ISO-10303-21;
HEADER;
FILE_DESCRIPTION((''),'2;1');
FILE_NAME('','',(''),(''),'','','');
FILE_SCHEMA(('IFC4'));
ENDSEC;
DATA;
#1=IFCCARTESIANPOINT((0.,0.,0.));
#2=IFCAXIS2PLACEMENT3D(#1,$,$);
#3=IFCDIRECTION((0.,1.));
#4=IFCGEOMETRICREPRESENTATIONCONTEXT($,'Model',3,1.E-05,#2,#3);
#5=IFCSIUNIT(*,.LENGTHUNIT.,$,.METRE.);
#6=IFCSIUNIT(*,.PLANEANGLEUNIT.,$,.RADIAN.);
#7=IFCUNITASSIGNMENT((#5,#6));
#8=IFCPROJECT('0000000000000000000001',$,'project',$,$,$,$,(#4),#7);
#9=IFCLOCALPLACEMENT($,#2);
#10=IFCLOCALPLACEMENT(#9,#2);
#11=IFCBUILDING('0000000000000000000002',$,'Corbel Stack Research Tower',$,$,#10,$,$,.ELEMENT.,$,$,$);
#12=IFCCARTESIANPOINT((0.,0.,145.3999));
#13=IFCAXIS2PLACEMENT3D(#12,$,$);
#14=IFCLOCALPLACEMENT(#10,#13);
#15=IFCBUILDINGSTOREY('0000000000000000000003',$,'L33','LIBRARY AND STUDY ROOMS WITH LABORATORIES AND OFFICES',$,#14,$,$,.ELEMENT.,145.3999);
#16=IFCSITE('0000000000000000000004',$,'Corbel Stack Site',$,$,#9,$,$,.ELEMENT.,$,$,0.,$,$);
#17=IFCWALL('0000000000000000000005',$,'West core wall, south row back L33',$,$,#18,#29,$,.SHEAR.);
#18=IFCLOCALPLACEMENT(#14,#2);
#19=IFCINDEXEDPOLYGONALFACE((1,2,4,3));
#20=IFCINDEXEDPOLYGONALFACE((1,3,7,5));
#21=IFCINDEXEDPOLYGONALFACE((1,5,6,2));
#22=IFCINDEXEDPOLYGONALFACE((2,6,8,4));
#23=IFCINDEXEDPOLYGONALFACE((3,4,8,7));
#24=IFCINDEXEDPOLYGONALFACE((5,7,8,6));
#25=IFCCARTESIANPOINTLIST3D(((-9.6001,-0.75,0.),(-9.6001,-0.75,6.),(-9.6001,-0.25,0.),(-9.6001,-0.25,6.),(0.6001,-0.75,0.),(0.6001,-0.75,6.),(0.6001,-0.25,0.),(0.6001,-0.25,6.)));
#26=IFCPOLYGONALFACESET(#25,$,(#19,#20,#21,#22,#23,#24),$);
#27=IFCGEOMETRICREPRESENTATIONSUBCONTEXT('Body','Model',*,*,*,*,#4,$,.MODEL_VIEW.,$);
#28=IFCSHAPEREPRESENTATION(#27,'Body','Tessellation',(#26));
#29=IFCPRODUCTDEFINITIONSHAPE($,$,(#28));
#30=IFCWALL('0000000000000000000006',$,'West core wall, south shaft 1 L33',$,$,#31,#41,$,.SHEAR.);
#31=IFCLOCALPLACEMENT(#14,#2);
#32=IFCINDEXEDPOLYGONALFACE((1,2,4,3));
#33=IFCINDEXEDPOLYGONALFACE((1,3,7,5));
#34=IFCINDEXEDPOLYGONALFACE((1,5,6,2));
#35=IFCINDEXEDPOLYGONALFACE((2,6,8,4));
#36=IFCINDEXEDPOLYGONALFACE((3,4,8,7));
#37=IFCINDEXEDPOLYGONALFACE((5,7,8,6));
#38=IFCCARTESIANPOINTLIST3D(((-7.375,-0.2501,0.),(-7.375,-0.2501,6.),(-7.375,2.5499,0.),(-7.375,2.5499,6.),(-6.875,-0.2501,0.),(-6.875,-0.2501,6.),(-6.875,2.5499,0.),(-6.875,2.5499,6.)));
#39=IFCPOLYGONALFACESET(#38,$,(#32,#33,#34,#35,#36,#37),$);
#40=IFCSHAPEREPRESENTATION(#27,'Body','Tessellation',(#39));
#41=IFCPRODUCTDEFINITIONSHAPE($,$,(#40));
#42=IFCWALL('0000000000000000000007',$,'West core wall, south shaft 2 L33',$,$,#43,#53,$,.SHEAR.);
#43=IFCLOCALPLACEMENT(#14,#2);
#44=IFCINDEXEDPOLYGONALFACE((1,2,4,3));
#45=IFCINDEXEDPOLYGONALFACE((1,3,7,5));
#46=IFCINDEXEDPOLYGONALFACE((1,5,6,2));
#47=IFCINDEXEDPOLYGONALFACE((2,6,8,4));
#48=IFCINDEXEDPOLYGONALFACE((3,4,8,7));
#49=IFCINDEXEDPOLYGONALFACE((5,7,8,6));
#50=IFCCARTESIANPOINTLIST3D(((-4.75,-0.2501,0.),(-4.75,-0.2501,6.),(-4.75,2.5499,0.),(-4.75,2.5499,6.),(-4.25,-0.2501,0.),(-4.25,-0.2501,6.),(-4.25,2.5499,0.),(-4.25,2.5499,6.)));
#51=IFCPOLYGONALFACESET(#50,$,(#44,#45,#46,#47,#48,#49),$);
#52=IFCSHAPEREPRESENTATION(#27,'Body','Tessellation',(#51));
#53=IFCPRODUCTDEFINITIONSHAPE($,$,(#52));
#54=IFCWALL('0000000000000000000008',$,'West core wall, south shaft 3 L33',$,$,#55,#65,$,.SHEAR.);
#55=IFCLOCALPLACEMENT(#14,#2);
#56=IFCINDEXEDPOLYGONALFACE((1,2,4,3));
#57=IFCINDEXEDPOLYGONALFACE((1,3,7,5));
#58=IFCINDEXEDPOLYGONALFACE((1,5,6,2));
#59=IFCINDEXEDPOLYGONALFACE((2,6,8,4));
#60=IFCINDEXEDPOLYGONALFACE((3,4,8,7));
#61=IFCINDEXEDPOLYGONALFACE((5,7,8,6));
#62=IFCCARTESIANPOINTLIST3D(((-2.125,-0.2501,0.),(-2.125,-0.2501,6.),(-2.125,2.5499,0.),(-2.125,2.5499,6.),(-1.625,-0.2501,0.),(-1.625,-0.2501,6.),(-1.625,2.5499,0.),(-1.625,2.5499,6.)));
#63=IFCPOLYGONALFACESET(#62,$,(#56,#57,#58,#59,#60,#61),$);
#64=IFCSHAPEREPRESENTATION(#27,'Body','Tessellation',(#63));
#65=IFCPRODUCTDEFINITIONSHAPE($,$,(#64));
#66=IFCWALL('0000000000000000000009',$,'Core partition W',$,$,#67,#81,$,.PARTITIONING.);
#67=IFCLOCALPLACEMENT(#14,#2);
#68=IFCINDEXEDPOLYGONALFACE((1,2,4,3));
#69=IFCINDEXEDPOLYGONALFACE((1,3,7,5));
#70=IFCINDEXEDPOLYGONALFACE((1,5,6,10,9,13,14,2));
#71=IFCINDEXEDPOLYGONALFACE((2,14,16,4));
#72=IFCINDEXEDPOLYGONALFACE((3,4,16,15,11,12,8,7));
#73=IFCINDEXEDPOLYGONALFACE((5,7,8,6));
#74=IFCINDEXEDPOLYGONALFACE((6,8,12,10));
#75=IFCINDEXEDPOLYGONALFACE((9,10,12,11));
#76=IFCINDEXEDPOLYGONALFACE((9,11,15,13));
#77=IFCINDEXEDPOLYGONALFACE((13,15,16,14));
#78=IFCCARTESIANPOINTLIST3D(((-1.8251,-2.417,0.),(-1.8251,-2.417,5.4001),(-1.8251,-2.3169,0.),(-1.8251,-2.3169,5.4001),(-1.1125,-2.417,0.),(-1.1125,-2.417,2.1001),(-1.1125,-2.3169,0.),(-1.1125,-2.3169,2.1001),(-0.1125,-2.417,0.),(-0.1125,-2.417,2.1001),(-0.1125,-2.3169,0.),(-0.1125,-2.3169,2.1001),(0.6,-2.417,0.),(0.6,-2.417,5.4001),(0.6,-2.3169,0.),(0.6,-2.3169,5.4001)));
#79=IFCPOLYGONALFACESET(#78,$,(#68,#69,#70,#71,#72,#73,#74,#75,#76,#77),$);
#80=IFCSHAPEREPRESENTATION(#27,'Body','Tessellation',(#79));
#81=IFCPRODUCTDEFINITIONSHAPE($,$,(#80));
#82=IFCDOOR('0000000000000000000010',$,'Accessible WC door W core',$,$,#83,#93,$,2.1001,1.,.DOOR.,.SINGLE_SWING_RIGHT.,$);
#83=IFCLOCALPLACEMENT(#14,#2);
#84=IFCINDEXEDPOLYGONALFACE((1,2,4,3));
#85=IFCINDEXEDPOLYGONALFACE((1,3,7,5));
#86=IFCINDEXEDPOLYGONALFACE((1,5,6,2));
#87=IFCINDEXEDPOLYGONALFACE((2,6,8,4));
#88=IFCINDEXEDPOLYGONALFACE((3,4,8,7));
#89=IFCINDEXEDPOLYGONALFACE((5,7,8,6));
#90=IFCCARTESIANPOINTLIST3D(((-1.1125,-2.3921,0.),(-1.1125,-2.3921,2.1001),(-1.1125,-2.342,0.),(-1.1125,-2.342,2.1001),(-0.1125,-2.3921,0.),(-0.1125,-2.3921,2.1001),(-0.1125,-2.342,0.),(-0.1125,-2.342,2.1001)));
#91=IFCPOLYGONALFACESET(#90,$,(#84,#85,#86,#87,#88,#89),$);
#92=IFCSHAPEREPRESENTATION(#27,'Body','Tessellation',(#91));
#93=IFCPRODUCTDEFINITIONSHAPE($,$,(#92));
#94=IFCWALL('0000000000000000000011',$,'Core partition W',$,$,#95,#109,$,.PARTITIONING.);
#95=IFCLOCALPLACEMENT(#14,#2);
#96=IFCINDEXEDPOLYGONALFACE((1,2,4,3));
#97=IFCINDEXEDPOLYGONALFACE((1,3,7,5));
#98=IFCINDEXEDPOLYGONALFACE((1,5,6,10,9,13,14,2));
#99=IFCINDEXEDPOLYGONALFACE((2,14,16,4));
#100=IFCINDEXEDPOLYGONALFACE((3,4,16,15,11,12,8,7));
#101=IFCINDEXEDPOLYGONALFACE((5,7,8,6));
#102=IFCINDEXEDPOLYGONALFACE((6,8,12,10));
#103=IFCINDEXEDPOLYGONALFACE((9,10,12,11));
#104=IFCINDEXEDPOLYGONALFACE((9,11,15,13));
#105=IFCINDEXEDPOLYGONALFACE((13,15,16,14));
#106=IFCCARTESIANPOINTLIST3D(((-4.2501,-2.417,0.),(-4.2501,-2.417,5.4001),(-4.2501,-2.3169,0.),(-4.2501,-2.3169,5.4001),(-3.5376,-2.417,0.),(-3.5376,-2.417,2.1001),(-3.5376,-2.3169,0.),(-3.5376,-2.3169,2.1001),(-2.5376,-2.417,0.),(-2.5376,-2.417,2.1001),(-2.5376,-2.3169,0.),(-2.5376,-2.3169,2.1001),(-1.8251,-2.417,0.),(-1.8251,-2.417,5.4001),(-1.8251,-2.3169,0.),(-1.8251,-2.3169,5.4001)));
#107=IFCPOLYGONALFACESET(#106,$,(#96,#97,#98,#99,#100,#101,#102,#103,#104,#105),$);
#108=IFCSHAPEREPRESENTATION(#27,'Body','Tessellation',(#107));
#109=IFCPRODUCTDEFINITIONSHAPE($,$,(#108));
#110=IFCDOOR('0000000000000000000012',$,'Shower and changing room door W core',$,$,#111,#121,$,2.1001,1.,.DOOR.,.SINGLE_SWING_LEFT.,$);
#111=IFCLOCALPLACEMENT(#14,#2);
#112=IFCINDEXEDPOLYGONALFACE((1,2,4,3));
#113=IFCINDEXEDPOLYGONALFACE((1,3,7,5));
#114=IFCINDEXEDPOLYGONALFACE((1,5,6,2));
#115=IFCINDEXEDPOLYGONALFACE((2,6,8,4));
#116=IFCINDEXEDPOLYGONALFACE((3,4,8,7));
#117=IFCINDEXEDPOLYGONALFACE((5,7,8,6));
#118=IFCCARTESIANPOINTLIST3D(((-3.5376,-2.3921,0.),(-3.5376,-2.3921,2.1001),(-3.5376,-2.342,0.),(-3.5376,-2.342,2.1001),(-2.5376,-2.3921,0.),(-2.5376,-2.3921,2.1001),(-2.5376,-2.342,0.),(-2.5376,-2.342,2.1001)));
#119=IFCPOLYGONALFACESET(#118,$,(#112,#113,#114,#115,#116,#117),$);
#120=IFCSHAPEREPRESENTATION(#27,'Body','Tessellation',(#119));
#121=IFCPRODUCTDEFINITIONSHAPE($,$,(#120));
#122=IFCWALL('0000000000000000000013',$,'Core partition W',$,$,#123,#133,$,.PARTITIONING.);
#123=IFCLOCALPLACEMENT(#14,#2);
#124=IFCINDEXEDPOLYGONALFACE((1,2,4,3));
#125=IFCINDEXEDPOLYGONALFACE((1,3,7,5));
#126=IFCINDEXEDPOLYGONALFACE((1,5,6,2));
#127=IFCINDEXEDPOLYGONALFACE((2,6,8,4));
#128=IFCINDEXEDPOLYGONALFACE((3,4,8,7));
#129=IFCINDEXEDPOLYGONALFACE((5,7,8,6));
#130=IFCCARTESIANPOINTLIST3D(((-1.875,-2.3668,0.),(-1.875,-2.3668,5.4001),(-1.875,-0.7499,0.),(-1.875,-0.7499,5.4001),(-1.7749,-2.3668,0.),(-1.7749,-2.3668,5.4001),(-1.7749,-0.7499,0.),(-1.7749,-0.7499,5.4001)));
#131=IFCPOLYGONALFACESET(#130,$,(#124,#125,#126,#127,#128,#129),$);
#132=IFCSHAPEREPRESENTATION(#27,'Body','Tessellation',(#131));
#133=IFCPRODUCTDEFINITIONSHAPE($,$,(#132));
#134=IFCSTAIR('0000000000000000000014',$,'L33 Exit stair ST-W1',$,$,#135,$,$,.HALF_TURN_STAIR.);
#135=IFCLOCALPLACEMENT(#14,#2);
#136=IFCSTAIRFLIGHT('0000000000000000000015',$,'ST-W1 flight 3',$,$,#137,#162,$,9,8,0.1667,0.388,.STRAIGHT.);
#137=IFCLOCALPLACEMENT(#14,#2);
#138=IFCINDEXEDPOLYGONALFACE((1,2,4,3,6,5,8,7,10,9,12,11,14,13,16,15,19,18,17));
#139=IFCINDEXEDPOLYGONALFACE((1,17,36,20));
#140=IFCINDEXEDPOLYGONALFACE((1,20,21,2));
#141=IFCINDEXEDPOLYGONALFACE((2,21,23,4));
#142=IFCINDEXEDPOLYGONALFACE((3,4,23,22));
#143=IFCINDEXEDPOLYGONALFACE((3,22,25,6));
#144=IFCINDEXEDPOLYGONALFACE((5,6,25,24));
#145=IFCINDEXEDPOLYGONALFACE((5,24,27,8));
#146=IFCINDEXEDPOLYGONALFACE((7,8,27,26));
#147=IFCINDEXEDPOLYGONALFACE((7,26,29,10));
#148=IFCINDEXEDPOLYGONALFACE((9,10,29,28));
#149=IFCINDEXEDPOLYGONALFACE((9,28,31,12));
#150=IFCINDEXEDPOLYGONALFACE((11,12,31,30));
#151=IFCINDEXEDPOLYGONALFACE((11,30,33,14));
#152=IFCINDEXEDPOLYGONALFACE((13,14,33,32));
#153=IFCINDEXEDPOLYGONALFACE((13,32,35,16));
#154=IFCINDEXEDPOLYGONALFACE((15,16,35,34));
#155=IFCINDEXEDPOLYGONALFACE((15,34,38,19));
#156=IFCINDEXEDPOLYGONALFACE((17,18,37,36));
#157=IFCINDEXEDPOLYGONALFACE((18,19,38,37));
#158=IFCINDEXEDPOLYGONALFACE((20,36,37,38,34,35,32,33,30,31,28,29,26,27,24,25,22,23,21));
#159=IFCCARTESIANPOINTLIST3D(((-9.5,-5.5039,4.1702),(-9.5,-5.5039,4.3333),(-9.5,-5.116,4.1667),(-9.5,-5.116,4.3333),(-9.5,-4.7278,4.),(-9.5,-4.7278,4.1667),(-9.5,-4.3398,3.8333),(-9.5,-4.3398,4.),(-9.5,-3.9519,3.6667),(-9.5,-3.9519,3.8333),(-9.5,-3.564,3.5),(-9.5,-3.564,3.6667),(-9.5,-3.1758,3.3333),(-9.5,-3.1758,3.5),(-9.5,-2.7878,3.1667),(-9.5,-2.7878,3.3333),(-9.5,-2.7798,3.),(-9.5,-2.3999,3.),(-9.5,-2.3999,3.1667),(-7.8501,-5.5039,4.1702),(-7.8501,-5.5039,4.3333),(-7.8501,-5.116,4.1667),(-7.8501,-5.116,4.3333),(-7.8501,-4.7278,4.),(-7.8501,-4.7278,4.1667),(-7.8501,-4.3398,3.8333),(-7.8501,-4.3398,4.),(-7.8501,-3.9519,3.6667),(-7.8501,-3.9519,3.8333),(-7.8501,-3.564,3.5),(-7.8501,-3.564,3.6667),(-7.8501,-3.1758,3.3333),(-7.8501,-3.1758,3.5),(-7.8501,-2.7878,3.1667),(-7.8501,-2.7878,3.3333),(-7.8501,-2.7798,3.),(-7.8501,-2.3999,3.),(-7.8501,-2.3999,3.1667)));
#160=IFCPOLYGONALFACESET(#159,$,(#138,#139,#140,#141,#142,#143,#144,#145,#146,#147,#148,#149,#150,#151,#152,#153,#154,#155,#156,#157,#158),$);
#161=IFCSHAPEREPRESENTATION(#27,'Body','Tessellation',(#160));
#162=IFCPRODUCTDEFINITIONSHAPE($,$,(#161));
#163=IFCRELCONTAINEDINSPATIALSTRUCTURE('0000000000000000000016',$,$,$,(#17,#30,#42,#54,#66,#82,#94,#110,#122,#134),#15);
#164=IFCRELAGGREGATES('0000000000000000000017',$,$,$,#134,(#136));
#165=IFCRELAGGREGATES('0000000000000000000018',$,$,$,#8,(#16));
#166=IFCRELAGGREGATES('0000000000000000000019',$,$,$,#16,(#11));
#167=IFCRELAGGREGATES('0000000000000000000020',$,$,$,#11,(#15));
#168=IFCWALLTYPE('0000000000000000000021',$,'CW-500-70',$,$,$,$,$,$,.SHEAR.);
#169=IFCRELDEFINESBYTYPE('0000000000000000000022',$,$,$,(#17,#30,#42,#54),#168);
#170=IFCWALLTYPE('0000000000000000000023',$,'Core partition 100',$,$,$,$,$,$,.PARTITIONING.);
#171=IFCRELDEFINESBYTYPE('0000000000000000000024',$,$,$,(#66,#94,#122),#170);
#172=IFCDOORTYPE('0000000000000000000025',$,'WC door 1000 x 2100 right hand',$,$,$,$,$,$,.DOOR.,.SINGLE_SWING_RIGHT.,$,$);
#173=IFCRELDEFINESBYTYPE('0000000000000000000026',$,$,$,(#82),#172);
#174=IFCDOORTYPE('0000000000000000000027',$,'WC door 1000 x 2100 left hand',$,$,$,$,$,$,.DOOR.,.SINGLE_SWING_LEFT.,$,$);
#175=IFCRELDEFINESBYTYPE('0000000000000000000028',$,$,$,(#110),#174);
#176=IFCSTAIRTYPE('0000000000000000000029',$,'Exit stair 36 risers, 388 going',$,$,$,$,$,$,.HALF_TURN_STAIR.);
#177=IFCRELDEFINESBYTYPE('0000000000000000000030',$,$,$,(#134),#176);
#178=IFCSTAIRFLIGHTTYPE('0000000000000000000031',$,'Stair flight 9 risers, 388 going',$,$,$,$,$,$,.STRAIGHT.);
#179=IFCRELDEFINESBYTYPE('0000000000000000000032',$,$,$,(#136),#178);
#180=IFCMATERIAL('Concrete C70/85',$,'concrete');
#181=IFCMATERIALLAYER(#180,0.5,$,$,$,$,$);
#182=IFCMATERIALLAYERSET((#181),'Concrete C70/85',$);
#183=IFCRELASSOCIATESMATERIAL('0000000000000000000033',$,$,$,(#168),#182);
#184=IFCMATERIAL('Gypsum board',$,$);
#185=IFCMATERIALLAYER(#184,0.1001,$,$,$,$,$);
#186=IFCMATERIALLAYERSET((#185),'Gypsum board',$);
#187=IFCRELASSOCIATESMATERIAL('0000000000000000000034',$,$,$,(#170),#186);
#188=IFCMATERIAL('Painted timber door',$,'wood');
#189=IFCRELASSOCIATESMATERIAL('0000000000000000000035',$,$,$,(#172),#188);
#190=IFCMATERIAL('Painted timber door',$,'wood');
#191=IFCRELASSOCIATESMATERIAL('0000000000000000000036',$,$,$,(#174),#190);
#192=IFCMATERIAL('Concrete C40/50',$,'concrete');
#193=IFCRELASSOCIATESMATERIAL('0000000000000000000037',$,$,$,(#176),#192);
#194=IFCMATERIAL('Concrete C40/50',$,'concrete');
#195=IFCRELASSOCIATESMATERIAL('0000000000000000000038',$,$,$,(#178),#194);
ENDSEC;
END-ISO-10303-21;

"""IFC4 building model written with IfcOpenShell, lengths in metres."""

from ifc_helpers import new_model, si_unit, direction, frame, frame_2d, origin, place, context, subcontext, project, spatial, polyline, rectangle, outline, extrude, material, layer, layer_set, type_object, element, fill, aggregate, save


model = new_model("IFC4")

# Units and contexts
model_context = context("Model", 3, precision=1e-05, world=origin(), true_north=direction((0.0, 1.0)))
body_context = subcontext(model_context, "Body", "Model", "MODEL_VIEW")
ifc_project = project(units=[si_unit("LENGTHUNIT", "METRE"), si_unit("PLANEANGLEUNIT", "RADIAN")], contexts=[model_context])

# Site, building, storey
site_placement = place(None, origin())
site = spatial("IfcSite", under=ifc_project, at=site_placement, Name="Corbel Stack Site", CompositionType="ELEMENT", RefElevation=0.0)
building_placement = place(site_placement, origin())
building = spatial("IfcBuilding", under=site, at=building_placement, Name="Corbel Stack Research Tower", CompositionType="ELEMENT")
storey_placement = place(building_placement, frame((0.0, 0.0, 145.3999)))
storey = spatial("IfcBuildingStorey", under=building, at=storey_placement, Name="L33", Description="LIBRARY AND STUDY ROOMS WITH LABORATORIES AND OFFICES", CompositionType="ELEMENT", Elevation=145.3999)

# Walls
ifc_material_1 = material(Name="Concrete C70/85", Category="concrete")
ifc_layer_1 = layer(ifc_material_1, 0.5)
ifc_layer_set_1 = layer_set([ifc_layer_1], Name="Concrete C70/85")
wall_type_1 = type_object("IfcWallType", Name="CW-500-70", PredefinedType="SHEAR", material=ifc_layer_set_1)
wall_1_placement = place(storey_placement, frame((-9.6001, -0.5, 0.0), z_axis=(0.0, 0.0, 1.0), x_axis=(1.0, 0.0, 0.0)))
element("IfcWall", 1, at=wall_1_placement, inside=storey, type_object=wall_type_1, Name="West core wall, south row back L33", PredefinedType="SHEAR", context=body_context, shape_type="SweptSolid", body=[
    extrude(rectangle(XDim=10.2002, YDim=0.5, at=frame_2d((5.1001, 0.0))), origin(), (0.0, 0.0, 1.0), 6.0),
])
for number, where, z_axis, x_axis, name in (
    (2, (-7.125, -0.25, 0.0), (0.0, 0.0, 1.0), (0.0, 1.0, 0.0), "West core wall, south shaft 1 L33"),
    (3, (-4.5, -0.25, 0.0), (0.0, 0.0, 1.0), (0.0, 1.0, 0.0), "West core wall, south shaft 2 L33"),
    (4, (-1.875, -0.25, 0.0), (0.0, 0.0, 1.0), (0.0, 1.0, 0.0), "West core wall, south shaft 3 L33"),
):
    element("IfcWall", number, at=place(storey_placement, frame(where, z_axis=z_axis, x_axis=x_axis)), inside=storey, type_object=wall_type_1, Name=name, PredefinedType="SHEAR", context=body_context, shape_type="SweptSolid", body=[
        extrude(rectangle(XDim=2.8, YDim=0.5, at=frame_2d((1.3999, 0.0))), origin(), (0.0, 0.0, 1.0), 6.0),
    ])

# Walls, openings, doors
ifc_material_2 = material(Name="Gypsum board")
ifc_layer_2 = layer(ifc_material_2, 0.1001)
ifc_layer_set_2 = layer_set([ifc_layer_2], Name="Gypsum board")
wall_type_2 = type_object("IfcWallType", Name="Core partition 100", PredefinedType="PARTITIONING", material=ifc_layer_set_2)
wall_2_placement = place(storey_placement, frame((-1.825, -2.3669, 0.0), z_axis=(0.0, 0.0, 1.0), x_axis=(1.0, 0.0, 0.0)))
wall_2 = element("IfcWall", 5, at=wall_2_placement, inside=storey, type_object=wall_type_2, Name="Core partition W", PredefinedType="PARTITIONING", context=body_context, shape_type="SweptSolid", body=[
    extrude(rectangle(XDim=2.425, YDim=0.1001, at=frame_2d((1.2124, 0.0))), origin(), (0.0, 0.0, 1.0), 5.4001),
])
opening_1_placement = place(wall_2_placement, frame((0.7124, 0.0, 0.0)))
opening_1 = element("IfcOpeningElement", 6, at=opening_1_placement, cuts=wall_2, PredefinedType="OPENING", context=body_context, shape_type="SweptSolid", body=[
    extrude(rectangle(XDim=1.0, YDim=2.1001, at=frame_2d((0.5, 1.05))), frame((0.0, 0.0601, 0.0), z_axis=(0.0, -1.0, 0.0), x_axis=(1.0, 0.0, 0.0)), (0.0, 0.0, 1.0), 0.1201),
])
ifc_material_3 = material(Name="Painted timber door", Category="wood")
door_type_1 = type_object("IfcDoorType", Name="WC door 1000 x 2100 right hand", OperationType="SINGLE_SWING_RIGHT", PredefinedType="DOOR", material=ifc_material_3)
door_1_placement = place(opening_1_placement, origin())
door_1 = element("IfcDoor", 7, at=door_1_placement, inside=storey, type_object=door_type_1, Name="Accessible WC door W core", OperationType="SINGLE_SWING_RIGHT", OverallHeight=2.1001, OverallWidth=1.0, PredefinedType="DOOR", context=body_context, shape_type="SweptSolid", body=[
    extrude(rectangle(XDim=1.0, YDim=2.1001, at=frame_2d((0.5, 1.05))), frame((0.0, 0.0249, 0.0), z_axis=(0.0, -1.0, 0.0), x_axis=(1.0, 0.0, 0.0)), (0.0, 0.0, 1.0), 0.05),
])
fill(opening_1, door_1)
wall_3_placement = place(storey_placement, frame((-4.25, -2.3669, 0.0), z_axis=(0.0, 0.0, 1.0), x_axis=(1.0, 0.0, 0.0)))
wall_3 = element("IfcWall", 8, at=wall_3_placement, inside=storey, type_object=wall_type_2, Name="Core partition W", PredefinedType="PARTITIONING", context=body_context, shape_type="SweptSolid", body=[
    extrude(rectangle(XDim=2.425, YDim=0.1001, at=frame_2d((1.2124, 0.0))), origin(), (0.0, 0.0, 1.0), 5.4001),
])
opening_2_placement = place(wall_3_placement, frame((0.7124, 0.0, 0.0)))
opening_2 = element("IfcOpeningElement", 9, at=opening_2_placement, cuts=wall_3, PredefinedType="OPENING", context=body_context, shape_type="SweptSolid", body=[
    extrude(rectangle(XDim=1.0, YDim=2.1001, at=frame_2d((0.5, 1.05))), frame((0.0, 0.0601, 0.0), z_axis=(0.0, -1.0, 0.0), x_axis=(1.0, 0.0, 0.0)), (0.0, 0.0, 1.0), 0.1201),
])
ifc_material_4 = material(Name="Painted timber door", Category="wood")
door_type_2 = type_object("IfcDoorType", Name="WC door 1000 x 2100 left hand", OperationType="SINGLE_SWING_LEFT", PredefinedType="DOOR", material=ifc_material_4)
door_2_placement = place(opening_2_placement, origin())
door_2 = element("IfcDoor", 10, at=door_2_placement, inside=storey, type_object=door_type_2, Name="Shower and changing room door W core", OperationType="SINGLE_SWING_LEFT", OverallHeight=2.1001, OverallWidth=1.0, PredefinedType="DOOR", context=body_context, shape_type="SweptSolid", body=[
    extrude(rectangle(XDim=1.0, YDim=2.1001, at=frame_2d((0.5, 1.05))), frame((0.0, 0.0249, 0.0), z_axis=(0.0, -1.0, 0.0), x_axis=(1.0, 0.0, 0.0)), (0.0, 0.0, 1.0), 0.05),
])
fill(opening_2, door_2)

# Wall
wall_4_placement = place(storey_placement, frame((-1.825, -2.3669, 0.0), z_axis=(0.0, 0.0, 1.0), x_axis=(0.0, 1.0, 0.0)))
element("IfcWall", 11, at=wall_4_placement, inside=storey, type_object=wall_type_2, Name="Core partition W", PredefinedType="PARTITIONING", context=body_context, shape_type="SweptSolid", body=[
    extrude(rectangle(XDim=1.6169, YDim=0.1001, at=frame_2d((0.8086, 0.0))), origin(), (0.0, 0.0, 1.0), 5.4001),
])

# Stair, stair flight
ifc_material_5 = material(Name="Concrete C40/50", Category="concrete")
stair_type = type_object("IfcStairType", Name="Exit stair 36 risers, 388 going", PredefinedType="HALF_TURN_STAIR", material=ifc_material_5)
stair_placement = place(storey_placement, origin())
stair = element("IfcStair", 12, at=stair_placement, inside=storey, type_object=stair_type, Name="L33 Exit stair ST-W1", PredefinedType="HALF_TURN_STAIR")
ifc_material_6 = material(Name="Concrete C40/50", Category="concrete")
stair_flight_type = type_object("IfcStairFlightType", Name="Stair flight 9 risers, 388 going", PredefinedType="STRAIGHT", material=ifc_material_6)
stair_flight_placement = place(storey_placement, frame((-8.675, -2.3999, 3.0), z_axis=(0.0, 0.0, 1.0), x_axis=(0.0, -1.0, 0.0)))
stair_flight = element("IfcStairFlight", 13, at=stair_flight_placement, type_object=stair_flight_type, Name="ST-W1 flight 3", NumberOfRisers=9, NumberOfTreads=8, PredefinedType="STRAIGHT", RiserHeight=0.1667, TreadLength=0.388, context=body_context, shape_type="SweptSolid", body=[
    extrude(outline(polyline([(0.0, 0.0), (0.0, 0.1667), (0.3879, 0.1667), (0.3879, 0.3333), (0.7759, 0.3333), (0.7759, 0.5), (1.1641, 0.5), (1.1641, 0.6667), (1.552, 0.6667), (1.552, 0.8333), (1.9399, 0.8333), (1.9399, 1.0), (2.3279, 1.0), (2.3279, 1.1667), (2.7161, 1.1667), (2.7161, 1.3333), (3.104, 1.3333), (3.104, 1.5), (3.104, 1.1702), (0.3799, 0.0), (0.0, 0.0)])), frame((0.0, 0.825, 0.0), z_axis=(0.0, -1.0, 0.0), x_axis=(1.0, 0.0, 0.0)), (0.0, 0.0, 1.0), 1.6499),
])
aggregate(stair, [stair_flight])

save(model, "model.ifc")
